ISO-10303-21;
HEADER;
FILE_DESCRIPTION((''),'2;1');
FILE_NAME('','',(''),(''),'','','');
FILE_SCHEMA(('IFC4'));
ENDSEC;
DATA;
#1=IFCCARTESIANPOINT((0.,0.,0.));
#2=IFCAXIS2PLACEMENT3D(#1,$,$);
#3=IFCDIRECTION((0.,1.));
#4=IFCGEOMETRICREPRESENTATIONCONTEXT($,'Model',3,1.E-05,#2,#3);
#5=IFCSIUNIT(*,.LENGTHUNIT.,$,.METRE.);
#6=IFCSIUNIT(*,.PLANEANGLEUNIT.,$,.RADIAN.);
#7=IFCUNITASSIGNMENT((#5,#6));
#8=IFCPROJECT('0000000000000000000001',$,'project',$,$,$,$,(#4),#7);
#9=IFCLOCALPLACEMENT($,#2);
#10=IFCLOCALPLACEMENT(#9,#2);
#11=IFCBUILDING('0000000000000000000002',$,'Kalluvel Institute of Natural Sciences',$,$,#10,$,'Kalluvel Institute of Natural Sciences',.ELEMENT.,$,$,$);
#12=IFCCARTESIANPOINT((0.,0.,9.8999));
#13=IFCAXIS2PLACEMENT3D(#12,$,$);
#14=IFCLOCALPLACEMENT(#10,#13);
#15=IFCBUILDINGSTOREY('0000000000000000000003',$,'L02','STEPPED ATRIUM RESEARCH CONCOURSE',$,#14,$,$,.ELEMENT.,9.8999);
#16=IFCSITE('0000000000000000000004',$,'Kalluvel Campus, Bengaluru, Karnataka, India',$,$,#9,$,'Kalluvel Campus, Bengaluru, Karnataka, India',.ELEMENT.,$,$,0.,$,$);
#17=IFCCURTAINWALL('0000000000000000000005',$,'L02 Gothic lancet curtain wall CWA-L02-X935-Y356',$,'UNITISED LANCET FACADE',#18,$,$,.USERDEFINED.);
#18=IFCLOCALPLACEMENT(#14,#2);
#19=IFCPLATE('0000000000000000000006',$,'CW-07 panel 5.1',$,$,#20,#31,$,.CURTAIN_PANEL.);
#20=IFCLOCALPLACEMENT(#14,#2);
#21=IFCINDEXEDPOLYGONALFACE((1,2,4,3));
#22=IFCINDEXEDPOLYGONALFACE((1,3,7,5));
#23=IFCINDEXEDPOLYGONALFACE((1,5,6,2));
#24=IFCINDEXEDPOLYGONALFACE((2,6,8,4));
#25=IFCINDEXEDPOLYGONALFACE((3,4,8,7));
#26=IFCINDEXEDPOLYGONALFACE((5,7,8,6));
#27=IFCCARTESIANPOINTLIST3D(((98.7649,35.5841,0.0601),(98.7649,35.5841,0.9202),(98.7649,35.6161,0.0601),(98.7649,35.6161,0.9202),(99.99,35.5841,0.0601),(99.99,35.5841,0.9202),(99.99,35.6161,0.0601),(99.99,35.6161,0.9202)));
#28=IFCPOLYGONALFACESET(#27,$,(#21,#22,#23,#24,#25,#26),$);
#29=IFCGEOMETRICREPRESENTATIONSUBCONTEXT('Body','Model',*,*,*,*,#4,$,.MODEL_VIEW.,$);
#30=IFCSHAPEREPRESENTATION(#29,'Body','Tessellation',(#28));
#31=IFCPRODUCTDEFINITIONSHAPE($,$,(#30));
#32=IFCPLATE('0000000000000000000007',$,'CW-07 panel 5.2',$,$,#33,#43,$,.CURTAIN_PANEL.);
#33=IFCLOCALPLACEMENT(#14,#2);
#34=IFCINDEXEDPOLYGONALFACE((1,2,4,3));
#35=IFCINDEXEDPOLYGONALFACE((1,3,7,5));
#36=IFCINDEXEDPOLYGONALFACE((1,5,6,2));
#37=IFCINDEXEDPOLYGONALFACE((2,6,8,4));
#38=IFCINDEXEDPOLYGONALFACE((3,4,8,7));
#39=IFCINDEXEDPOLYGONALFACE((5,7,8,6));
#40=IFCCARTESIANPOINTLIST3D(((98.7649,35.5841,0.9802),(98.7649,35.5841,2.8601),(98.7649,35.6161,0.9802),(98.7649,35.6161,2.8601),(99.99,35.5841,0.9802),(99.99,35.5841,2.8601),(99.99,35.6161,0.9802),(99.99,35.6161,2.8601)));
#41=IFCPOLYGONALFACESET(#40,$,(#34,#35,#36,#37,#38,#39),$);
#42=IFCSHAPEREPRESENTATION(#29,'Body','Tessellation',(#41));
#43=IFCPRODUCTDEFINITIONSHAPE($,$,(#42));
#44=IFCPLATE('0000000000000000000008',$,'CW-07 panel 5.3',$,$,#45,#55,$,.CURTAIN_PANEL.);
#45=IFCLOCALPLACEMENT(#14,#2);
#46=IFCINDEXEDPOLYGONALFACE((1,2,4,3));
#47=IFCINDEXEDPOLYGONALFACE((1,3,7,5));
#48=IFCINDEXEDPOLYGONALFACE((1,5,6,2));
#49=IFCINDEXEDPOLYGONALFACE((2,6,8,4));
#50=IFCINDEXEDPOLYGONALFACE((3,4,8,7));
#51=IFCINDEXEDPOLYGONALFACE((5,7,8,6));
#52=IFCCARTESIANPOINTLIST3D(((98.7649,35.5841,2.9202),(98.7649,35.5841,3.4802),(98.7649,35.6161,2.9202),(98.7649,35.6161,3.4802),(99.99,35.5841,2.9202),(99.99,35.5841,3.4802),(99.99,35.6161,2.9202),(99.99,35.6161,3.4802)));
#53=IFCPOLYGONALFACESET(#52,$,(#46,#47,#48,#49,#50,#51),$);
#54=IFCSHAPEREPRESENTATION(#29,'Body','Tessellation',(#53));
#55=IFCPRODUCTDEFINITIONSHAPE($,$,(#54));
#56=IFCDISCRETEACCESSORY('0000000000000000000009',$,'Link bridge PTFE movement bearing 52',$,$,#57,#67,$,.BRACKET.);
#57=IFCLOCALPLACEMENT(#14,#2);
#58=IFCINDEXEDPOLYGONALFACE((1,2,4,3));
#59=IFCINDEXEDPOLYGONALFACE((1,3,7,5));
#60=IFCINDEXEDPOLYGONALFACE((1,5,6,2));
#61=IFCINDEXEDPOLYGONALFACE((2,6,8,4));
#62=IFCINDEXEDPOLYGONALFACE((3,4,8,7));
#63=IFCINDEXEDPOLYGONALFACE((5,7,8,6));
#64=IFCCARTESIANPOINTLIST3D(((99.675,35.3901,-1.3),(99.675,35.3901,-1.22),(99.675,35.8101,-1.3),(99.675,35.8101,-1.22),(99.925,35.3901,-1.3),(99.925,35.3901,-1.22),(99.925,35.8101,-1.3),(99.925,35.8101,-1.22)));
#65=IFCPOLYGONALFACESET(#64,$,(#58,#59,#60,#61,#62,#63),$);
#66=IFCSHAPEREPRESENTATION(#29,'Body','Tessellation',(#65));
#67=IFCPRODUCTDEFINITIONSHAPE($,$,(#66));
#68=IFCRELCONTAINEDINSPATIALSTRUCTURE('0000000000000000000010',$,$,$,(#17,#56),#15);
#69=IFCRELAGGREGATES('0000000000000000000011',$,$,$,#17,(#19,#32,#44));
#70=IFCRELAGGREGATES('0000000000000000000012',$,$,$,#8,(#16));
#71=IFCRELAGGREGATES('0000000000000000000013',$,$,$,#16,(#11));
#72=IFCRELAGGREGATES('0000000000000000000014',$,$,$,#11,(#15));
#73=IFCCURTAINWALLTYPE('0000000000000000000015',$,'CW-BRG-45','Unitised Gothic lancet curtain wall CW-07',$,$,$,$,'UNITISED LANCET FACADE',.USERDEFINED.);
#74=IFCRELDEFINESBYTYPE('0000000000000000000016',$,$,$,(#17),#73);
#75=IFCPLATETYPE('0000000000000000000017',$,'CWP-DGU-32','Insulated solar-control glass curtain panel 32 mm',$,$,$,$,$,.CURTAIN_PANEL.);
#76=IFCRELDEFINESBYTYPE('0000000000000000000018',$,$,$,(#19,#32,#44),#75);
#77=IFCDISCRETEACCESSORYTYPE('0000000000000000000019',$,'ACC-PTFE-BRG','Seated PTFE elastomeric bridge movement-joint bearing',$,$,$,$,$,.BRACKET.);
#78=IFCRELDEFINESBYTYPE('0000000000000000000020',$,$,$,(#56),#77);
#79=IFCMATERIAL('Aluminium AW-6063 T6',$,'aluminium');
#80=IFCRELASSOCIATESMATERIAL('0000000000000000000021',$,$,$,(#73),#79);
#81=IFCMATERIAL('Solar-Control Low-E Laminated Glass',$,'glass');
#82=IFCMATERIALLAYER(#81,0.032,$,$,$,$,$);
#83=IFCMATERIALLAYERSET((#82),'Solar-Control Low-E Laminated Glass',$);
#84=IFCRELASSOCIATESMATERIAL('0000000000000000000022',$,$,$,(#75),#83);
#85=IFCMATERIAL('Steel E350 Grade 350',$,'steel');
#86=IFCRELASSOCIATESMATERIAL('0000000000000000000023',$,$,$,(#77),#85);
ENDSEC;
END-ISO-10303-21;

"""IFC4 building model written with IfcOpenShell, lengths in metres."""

from ifc_helpers import new_model, si_unit, direction, frame, origin, origin_2d, place, context, subcontext, project, spatial, rectangle, extrude, material, layer, layer_set, type_object, element, aggregate, save


model = new_model("IFC4")

# Units and contexts
model_context = context("Model", 3, precision=1e-05, world=origin(), true_north=direction((0.0, 1.0)))
body_context = subcontext(model_context, "Body", "Model", "MODEL_VIEW")
ifc_project = project(units=[si_unit("LENGTHUNIT", "METRE"), si_unit("PLANEANGLEUNIT", "RADIAN")], contexts=[model_context])

# Site, building, storey
site_placement = place(None, origin())
site = spatial("IfcSite", under=ifc_project, at=site_placement, Name="Kalluvel Campus, Bengaluru, Karnataka, India", LongName="Kalluvel Campus, Bengaluru, Karnataka, India", CompositionType="ELEMENT", RefElevation=0.0)
building_placement = place(site_placement, origin())
building = spatial("IfcBuilding", under=site, at=building_placement, Name="Kalluvel Institute of Natural Sciences", LongName="Kalluvel Institute of Natural Sciences", CompositionType="ELEMENT")
storey_placement = place(building_placement, frame((0.0, 0.0, 9.8999)))
storey = spatial("IfcBuildingStorey", under=building, at=storey_placement, Name="L02", Description="STEPPED ATRIUM RESEARCH CONCOURSE", CompositionType="ELEMENT", Elevation=9.8999)

# Curtain wall, plates
ifc_material_1 = material(Name="Aluminium AW-6063 T6", Category="aluminium")
curtain_wall_type = type_object("IfcCurtainWallType", Name="CW-BRG-45", Description="Unitised Gothic lancet curtain wall CW-07", ElementType="UNITISED LANCET FACADE", PredefinedType="USERDEFINED", material=ifc_material_1)
curtain_wall_placement = place(storey_placement, origin())
curtain_wall = element("IfcCurtainWall", 1, at=curtain_wall_placement, inside=storey, type_object=curtain_wall_type, Name="L02 Gothic lancet curtain wall CWA-L02-X935-Y356", ObjectType="UNITISED LANCET FACADE", PredefinedType="USERDEFINED")
ifc_material_2 = material(Name="Solar-Control Low-E Laminated Glass", Category="glass")
ifc_layer = layer(ifc_material_2, 0.032)
ifc_layer_set = layer_set([ifc_layer], Name="Solar-Control Low-E Laminated Glass")
plate_type = type_object("IfcPlateType", Name="CWP-DGU-32", Description="Insulated solar-control glass curtain panel 32 mm", PredefinedType="CURTAIN_PANEL", material=ifc_layer_set)
plate_1_placement = place(storey_placement, frame((99.3774, 35.6001, 0.0601), z_axis=(0.0, 0.0, 1.0), x_axis=(1.0, 0.0, 0.0)))
plate_1 = element("IfcPlate", 2, at=plate_1_placement, type_object=plate_type, Name="CW-07 panel 5.1", PredefinedType="CURTAIN_PANEL", context=body_context, shape_type="SweptSolid", body=[
    extrude(rectangle(XDim=1.2251, YDim=0.032, at=origin_2d()), origin(), (0.0, 0.0, 1.0), 0.8601),
])
plate_2_placement = place(storey_placement, frame((99.3774, 35.6001, 0.9802), z_axis=(0.0, 0.0, 1.0), x_axis=(1.0, 0.0, 0.0)))
plate_2 = element("IfcPlate", 3, at=plate_2_placement, type_object=plate_type, Name="CW-07 panel 5.2", PredefinedType="CURTAIN_PANEL", context=body_context, shape_type="SweptSolid", body=[
    extrude(rectangle(XDim=1.2251, YDim=0.032, at=origin_2d()), origin(), (0.0, 0.0, 1.0), 1.8799),
])
plate_3_placement = place(storey_placement, frame((99.3774, 35.6001, 2.9202), z_axis=(0.0, 0.0, 1.0), x_axis=(1.0, 0.0, 0.0)))
plate_3 = element("IfcPlate", 4, at=plate_3_placement, type_object=plate_type, Name="CW-07 panel 5.3", PredefinedType="CURTAIN_PANEL", context=body_context, shape_type="SweptSolid", body=[
    extrude(rectangle(XDim=1.2251, YDim=0.032, at=origin_2d()), origin(), (0.0, 0.0, 1.0), 0.5601),
])
aggregate(curtain_wall, [plate_1, plate_2, plate_3])

# Discrete accessory
ifc_material_3 = material(Name="Steel E350 Grade 350", Category="steel")
discrete_accessory_type = type_object("IfcDiscreteAccessoryType", Name="ACC-PTFE-BRG", Description="Seated PTFE elastomeric bridge movement-joint bearing", PredefinedType="BRACKET", material=ifc_material_3)
discrete_accessory_placement = place(storey_placement, frame((99.8, 35.6001, -1.3), z_axis=(0.0, 0.0, 1.0), x_axis=(1.0, 0.0, 0.0)))
element("IfcDiscreteAccessory", 5, at=discrete_accessory_placement, inside=storey, type_object=discrete_accessory_type, Name="Link bridge PTFE movement bearing 52", PredefinedType="BRACKET", context=body_context, shape_type="SweptSolid", body=[
    extrude(rectangle(XDim=0.25, YDim=0.4199, at=origin_2d()), origin(), (0.0, 0.0, 1.0), 0.0801),
])

save(model, "model.ifc")
